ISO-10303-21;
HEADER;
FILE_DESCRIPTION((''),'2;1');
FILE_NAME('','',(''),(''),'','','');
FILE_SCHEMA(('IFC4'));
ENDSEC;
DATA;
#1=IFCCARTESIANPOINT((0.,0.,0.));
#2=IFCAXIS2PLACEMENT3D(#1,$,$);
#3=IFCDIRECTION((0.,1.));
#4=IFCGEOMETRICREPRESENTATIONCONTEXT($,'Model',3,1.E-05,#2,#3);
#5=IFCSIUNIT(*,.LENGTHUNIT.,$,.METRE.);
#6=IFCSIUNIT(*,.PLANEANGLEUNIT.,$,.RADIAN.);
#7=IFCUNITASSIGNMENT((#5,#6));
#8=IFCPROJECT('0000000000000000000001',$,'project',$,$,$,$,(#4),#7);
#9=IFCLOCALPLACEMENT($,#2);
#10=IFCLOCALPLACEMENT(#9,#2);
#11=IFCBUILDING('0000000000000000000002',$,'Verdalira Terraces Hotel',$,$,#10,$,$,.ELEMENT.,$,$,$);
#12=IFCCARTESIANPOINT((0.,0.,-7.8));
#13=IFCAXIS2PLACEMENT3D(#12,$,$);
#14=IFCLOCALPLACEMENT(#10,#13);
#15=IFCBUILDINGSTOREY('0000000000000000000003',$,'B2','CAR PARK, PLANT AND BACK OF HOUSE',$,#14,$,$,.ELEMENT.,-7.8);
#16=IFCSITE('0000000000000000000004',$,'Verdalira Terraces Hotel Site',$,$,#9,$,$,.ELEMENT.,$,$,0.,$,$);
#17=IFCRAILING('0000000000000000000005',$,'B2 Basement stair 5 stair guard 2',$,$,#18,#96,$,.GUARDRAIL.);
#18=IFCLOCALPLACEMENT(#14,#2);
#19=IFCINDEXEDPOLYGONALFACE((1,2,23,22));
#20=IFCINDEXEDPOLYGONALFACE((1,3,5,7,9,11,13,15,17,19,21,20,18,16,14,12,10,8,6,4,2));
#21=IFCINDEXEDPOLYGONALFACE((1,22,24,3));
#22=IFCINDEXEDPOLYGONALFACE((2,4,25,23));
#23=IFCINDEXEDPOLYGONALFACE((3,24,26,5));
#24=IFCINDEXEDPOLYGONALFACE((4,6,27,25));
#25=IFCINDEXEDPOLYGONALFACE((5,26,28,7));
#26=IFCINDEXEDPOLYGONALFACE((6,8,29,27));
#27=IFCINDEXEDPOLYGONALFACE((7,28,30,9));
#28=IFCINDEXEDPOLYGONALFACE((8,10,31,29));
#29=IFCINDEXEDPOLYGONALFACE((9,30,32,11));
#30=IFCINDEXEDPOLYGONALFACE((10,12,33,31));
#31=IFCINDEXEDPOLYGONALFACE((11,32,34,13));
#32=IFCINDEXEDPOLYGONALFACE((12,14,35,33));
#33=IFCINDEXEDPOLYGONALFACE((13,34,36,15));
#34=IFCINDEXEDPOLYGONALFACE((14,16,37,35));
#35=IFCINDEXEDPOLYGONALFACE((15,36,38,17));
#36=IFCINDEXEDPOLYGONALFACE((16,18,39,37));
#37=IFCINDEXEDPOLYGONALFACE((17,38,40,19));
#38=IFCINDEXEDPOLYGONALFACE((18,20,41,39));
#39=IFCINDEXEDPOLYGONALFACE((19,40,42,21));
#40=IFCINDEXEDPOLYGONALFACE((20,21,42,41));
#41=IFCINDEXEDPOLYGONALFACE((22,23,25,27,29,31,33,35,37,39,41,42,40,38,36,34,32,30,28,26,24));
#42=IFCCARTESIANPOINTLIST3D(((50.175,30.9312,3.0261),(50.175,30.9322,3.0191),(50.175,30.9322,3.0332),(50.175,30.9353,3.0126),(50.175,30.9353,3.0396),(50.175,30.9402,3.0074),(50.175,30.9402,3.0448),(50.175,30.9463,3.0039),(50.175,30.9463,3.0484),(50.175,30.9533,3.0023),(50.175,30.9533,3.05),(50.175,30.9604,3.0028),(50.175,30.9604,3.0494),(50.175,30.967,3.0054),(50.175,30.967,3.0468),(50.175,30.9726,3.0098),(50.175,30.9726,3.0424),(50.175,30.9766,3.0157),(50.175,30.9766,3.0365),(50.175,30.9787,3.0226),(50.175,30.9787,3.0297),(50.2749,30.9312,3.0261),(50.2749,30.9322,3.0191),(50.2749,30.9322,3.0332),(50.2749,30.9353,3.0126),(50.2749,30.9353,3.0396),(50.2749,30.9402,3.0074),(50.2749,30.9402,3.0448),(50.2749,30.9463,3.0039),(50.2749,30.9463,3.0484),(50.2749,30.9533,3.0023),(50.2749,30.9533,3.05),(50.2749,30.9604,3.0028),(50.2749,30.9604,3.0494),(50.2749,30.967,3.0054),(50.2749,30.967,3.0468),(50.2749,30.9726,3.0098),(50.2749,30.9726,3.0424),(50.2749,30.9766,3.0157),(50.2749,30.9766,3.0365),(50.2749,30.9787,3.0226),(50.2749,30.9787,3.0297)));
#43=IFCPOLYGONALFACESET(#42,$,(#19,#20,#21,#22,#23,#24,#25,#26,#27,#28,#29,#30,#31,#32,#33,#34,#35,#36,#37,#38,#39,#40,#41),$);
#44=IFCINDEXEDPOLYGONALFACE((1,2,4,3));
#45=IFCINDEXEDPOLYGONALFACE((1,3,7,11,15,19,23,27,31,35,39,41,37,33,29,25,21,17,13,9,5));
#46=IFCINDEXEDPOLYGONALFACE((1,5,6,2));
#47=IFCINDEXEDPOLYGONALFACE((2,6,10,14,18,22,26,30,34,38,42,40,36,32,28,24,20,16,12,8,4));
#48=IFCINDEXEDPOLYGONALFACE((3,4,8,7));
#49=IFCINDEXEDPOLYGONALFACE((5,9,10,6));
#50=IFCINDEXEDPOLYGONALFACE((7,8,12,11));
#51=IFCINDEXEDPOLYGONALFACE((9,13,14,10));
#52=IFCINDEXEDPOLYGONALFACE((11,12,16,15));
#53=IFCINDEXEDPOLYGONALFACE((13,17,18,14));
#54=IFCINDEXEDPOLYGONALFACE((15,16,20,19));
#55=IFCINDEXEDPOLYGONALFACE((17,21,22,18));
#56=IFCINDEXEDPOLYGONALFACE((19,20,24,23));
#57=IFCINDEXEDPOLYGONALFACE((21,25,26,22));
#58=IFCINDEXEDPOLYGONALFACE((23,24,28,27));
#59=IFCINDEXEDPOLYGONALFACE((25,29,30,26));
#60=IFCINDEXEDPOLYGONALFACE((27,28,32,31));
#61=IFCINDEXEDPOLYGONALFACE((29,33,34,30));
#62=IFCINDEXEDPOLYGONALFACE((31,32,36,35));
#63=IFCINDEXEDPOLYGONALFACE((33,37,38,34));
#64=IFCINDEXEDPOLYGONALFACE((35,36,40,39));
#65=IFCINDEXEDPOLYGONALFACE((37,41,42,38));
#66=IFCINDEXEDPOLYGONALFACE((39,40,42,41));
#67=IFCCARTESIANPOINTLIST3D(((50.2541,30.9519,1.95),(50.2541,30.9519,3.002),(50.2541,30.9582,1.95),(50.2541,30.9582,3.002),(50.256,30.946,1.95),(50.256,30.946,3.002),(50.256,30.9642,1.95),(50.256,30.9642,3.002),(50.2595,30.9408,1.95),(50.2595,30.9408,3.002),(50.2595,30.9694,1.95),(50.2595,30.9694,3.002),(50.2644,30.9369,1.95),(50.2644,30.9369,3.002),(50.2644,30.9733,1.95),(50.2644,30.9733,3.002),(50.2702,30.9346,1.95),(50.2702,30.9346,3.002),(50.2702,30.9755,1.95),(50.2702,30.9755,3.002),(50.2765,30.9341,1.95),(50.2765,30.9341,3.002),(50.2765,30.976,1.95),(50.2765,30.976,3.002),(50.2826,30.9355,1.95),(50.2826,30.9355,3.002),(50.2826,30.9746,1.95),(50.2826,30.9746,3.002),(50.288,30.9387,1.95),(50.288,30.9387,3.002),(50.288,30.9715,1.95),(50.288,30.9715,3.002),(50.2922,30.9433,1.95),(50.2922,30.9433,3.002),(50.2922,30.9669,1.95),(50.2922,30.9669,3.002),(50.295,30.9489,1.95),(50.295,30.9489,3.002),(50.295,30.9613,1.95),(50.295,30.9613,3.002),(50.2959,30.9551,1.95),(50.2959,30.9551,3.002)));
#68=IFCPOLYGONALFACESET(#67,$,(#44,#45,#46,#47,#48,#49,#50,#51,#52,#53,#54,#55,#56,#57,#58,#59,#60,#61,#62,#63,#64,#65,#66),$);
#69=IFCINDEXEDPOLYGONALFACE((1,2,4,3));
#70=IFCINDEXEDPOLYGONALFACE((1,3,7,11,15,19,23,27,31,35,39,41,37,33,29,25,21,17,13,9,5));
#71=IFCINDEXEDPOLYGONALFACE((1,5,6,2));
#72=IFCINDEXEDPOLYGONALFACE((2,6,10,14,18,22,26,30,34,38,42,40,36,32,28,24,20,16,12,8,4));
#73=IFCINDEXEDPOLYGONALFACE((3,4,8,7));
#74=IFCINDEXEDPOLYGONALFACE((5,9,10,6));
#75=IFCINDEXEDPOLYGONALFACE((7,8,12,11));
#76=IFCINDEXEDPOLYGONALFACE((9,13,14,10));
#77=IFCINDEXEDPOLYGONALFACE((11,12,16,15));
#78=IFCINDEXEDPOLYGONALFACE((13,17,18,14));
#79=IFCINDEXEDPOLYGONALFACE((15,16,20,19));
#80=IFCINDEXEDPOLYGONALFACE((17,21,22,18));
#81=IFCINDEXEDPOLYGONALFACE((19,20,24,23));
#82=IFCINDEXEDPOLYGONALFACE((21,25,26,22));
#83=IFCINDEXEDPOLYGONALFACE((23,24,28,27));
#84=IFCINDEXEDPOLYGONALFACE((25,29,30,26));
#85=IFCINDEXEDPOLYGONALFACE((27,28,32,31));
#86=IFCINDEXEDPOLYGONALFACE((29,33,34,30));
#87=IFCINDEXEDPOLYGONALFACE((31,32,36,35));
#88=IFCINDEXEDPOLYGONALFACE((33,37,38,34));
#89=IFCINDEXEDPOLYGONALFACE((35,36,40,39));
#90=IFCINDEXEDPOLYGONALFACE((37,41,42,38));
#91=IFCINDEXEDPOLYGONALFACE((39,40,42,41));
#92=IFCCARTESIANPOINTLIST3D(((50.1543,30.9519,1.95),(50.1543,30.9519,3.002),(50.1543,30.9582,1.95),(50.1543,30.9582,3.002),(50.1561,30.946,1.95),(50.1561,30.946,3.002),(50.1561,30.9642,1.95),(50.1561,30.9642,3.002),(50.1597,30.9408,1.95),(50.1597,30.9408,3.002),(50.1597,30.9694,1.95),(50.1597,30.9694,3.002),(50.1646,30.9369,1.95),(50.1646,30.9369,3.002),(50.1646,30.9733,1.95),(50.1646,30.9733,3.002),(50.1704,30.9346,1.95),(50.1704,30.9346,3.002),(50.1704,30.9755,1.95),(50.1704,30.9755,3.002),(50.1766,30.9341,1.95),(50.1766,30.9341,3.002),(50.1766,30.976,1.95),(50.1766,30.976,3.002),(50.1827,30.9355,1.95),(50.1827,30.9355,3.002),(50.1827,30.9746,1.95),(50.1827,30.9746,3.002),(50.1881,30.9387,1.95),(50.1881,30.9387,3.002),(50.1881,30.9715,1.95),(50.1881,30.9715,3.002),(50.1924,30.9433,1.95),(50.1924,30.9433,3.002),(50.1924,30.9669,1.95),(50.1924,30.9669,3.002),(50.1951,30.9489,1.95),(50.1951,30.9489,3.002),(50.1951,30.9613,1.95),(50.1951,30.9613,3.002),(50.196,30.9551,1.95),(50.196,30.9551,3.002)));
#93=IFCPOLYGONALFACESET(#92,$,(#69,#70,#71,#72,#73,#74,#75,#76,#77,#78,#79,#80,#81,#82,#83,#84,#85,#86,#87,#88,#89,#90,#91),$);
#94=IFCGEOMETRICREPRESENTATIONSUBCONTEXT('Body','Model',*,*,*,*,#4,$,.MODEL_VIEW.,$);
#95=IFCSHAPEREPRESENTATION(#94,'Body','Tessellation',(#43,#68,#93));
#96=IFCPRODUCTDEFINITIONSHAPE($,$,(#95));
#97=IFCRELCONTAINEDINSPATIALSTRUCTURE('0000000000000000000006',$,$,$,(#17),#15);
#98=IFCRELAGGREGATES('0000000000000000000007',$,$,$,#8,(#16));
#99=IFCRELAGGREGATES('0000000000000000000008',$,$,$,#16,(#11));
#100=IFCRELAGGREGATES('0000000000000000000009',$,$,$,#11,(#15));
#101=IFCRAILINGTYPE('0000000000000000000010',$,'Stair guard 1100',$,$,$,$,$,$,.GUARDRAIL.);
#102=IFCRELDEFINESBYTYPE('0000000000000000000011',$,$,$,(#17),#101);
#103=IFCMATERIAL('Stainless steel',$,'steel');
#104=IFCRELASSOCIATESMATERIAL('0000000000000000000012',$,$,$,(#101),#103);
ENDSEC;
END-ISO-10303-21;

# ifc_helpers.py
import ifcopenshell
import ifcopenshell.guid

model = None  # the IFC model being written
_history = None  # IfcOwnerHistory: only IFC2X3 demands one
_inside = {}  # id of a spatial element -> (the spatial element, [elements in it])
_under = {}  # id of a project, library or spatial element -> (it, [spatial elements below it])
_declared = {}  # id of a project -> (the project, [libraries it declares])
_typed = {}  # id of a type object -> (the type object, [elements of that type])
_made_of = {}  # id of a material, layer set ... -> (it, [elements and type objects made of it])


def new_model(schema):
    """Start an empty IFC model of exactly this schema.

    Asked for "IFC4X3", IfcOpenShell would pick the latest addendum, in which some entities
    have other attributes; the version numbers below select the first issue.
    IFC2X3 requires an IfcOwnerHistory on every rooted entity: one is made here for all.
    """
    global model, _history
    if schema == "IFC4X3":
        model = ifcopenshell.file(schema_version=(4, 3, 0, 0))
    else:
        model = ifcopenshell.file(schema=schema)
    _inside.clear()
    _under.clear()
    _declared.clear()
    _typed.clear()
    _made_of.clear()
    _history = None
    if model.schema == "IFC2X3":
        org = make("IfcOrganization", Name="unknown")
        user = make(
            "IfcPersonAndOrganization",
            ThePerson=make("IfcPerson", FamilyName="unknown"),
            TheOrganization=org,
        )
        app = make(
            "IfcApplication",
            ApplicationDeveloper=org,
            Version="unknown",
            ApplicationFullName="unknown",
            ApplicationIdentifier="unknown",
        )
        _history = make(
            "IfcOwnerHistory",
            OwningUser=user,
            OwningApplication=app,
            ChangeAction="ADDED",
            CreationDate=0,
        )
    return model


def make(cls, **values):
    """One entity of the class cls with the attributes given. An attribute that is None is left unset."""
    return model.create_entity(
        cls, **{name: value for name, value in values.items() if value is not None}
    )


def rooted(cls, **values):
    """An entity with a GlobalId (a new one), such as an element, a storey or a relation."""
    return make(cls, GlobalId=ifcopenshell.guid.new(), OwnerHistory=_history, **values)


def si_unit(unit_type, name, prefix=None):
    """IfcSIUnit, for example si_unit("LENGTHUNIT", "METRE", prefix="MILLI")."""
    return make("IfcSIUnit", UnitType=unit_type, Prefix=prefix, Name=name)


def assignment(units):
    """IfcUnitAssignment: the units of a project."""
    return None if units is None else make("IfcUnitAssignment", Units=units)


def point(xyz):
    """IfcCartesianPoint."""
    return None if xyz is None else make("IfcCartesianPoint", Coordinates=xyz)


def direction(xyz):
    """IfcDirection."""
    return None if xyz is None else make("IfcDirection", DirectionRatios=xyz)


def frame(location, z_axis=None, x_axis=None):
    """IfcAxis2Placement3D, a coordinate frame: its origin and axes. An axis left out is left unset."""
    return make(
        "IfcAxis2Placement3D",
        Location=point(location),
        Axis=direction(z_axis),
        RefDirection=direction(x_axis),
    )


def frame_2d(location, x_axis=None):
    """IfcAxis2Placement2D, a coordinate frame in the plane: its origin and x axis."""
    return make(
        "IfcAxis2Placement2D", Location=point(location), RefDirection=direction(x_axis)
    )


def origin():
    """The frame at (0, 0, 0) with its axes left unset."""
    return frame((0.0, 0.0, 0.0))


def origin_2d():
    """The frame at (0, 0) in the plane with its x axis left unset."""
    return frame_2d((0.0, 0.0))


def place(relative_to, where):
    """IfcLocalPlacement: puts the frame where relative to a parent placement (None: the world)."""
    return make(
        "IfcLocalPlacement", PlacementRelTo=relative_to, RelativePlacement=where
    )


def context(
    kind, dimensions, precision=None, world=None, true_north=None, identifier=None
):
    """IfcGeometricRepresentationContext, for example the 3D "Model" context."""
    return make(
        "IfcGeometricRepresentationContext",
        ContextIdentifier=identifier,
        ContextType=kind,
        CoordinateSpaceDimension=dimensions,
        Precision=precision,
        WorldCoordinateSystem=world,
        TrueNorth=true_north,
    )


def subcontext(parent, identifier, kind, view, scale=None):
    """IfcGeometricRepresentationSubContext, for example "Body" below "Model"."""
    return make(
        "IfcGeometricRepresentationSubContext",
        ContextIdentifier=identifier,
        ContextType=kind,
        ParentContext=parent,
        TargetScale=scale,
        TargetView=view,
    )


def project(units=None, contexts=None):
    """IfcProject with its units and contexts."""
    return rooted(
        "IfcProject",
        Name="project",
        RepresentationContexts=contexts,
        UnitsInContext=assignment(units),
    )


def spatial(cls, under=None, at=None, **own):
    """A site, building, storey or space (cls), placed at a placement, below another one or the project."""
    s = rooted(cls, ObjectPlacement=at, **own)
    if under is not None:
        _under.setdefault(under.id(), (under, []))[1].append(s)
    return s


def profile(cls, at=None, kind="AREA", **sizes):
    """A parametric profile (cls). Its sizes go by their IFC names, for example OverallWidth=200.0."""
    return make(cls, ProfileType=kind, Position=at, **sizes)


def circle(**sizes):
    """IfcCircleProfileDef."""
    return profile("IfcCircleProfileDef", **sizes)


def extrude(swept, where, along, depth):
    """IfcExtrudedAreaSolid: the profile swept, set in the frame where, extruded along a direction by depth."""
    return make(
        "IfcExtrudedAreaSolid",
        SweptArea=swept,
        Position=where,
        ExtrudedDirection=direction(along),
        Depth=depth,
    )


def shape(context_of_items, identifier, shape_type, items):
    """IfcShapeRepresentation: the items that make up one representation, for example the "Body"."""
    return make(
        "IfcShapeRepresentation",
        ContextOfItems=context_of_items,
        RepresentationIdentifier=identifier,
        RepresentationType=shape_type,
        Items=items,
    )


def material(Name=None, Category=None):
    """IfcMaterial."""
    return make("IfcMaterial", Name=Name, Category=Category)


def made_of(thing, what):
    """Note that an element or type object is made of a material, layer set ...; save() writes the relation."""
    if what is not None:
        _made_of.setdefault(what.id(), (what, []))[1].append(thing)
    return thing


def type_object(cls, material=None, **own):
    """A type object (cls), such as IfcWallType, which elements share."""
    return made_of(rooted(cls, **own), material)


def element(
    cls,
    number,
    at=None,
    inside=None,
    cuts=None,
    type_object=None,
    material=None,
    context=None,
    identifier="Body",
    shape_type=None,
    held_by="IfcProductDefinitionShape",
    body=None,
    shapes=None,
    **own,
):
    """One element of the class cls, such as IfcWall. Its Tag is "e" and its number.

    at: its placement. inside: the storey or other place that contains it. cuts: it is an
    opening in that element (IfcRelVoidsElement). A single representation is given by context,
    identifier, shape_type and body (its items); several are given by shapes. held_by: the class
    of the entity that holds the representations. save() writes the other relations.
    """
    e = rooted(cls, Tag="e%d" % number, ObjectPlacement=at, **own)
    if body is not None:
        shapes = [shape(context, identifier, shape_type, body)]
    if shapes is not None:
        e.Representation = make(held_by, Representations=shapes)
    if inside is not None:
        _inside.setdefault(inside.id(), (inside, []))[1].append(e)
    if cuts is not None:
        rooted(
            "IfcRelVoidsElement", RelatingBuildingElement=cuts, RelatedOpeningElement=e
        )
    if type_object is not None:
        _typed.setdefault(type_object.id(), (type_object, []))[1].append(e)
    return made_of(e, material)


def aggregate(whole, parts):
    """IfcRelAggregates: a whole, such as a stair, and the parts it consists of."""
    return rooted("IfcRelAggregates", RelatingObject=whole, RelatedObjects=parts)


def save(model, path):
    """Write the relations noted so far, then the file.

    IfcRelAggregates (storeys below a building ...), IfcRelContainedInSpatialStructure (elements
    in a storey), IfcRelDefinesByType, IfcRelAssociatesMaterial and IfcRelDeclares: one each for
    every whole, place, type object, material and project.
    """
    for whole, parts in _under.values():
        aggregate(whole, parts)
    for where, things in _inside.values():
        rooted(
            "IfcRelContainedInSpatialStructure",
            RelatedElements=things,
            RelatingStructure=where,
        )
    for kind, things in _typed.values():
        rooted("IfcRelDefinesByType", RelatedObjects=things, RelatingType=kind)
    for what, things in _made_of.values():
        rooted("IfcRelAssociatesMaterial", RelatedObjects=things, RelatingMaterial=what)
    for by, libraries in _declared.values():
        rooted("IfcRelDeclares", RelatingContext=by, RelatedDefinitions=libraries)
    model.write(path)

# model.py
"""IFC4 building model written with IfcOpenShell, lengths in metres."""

from ifc_helpers import new_model, si_unit, direction, frame, origin, origin_2d, place, context, subcontext, project, spatial, circle, extrude, material, type_object, element, save


model = new_model("IFC4")

# Units and contexts
model_context = context("Model", 3, precision=1e-05, world=origin(), true_north=direction((0.0, 1.0)))
body_context = subcontext(model_context, "Body", "Model", "MODEL_VIEW")
ifc_project = project(units=[si_unit("LENGTHUNIT", "METRE"), si_unit("PLANEANGLEUNIT", "RADIAN")], contexts=[model_context])

# Site, building, storey
site_placement = place(None, origin())
site = spatial("IfcSite", under=ifc_project, at=site_placement, Name="Verdalira Terraces Hotel Site", CompositionType="ELEMENT", RefElevation=0.0)
building_placement = place(site_placement, origin())
building = spatial("IfcBuilding", under=site, at=building_placement, Name="Verdalira Terraces Hotel", CompositionType="ELEMENT")
storey_placement = place(building_placement, frame((0.0, 0.0, -7.8)))
storey = spatial("IfcBuildingStorey", under=building, at=storey_placement, Name="B2", Description="CAR PARK, PLANT AND BACK OF HOUSE", CompositionType="ELEMENT", Elevation=-7.8)

# Railing
ifc_material_1 = material(Name="Stainless steel", Category="steel")
railing_type_1 = type_object("IfcRailingType", Name="Stair guard 1100", PredefinedType="GUARDRAIL", material=ifc_material_1)
railing_1_placement = place(storey_placement, frame((50.2749, 30.9551, 1.95)))
element("IfcRailing", 1, at=railing_1_placement, inside=storey, type_object=railing_type_1, Name="B2 Basement stair 5 stair guard 2", PredefinedType="GUARDRAIL", context=body_context, shape_type="SweptSolid", body=[
    extrude(circle(Radius=0.0239, at=origin_2d()), frame((0.0, 0.0, 1.0762), z_axis=(-1.0, 0.0, 0.0), x_axis=(0.0, -1.0, 0.0)), (0.0, 0.0, 1.0), 0.0999),
    extrude(circle(Radius=0.021, at=origin_2d()), origin(), (0.0, 0.0, 1.0), 1.052),
    extrude(circle(Radius=0.021, at=origin_2d()), frame((-0.0999, 0.0, 0.0)), (0.0, 0.0, 1.0), 1.052),
])

save(model, "model.ifc")
